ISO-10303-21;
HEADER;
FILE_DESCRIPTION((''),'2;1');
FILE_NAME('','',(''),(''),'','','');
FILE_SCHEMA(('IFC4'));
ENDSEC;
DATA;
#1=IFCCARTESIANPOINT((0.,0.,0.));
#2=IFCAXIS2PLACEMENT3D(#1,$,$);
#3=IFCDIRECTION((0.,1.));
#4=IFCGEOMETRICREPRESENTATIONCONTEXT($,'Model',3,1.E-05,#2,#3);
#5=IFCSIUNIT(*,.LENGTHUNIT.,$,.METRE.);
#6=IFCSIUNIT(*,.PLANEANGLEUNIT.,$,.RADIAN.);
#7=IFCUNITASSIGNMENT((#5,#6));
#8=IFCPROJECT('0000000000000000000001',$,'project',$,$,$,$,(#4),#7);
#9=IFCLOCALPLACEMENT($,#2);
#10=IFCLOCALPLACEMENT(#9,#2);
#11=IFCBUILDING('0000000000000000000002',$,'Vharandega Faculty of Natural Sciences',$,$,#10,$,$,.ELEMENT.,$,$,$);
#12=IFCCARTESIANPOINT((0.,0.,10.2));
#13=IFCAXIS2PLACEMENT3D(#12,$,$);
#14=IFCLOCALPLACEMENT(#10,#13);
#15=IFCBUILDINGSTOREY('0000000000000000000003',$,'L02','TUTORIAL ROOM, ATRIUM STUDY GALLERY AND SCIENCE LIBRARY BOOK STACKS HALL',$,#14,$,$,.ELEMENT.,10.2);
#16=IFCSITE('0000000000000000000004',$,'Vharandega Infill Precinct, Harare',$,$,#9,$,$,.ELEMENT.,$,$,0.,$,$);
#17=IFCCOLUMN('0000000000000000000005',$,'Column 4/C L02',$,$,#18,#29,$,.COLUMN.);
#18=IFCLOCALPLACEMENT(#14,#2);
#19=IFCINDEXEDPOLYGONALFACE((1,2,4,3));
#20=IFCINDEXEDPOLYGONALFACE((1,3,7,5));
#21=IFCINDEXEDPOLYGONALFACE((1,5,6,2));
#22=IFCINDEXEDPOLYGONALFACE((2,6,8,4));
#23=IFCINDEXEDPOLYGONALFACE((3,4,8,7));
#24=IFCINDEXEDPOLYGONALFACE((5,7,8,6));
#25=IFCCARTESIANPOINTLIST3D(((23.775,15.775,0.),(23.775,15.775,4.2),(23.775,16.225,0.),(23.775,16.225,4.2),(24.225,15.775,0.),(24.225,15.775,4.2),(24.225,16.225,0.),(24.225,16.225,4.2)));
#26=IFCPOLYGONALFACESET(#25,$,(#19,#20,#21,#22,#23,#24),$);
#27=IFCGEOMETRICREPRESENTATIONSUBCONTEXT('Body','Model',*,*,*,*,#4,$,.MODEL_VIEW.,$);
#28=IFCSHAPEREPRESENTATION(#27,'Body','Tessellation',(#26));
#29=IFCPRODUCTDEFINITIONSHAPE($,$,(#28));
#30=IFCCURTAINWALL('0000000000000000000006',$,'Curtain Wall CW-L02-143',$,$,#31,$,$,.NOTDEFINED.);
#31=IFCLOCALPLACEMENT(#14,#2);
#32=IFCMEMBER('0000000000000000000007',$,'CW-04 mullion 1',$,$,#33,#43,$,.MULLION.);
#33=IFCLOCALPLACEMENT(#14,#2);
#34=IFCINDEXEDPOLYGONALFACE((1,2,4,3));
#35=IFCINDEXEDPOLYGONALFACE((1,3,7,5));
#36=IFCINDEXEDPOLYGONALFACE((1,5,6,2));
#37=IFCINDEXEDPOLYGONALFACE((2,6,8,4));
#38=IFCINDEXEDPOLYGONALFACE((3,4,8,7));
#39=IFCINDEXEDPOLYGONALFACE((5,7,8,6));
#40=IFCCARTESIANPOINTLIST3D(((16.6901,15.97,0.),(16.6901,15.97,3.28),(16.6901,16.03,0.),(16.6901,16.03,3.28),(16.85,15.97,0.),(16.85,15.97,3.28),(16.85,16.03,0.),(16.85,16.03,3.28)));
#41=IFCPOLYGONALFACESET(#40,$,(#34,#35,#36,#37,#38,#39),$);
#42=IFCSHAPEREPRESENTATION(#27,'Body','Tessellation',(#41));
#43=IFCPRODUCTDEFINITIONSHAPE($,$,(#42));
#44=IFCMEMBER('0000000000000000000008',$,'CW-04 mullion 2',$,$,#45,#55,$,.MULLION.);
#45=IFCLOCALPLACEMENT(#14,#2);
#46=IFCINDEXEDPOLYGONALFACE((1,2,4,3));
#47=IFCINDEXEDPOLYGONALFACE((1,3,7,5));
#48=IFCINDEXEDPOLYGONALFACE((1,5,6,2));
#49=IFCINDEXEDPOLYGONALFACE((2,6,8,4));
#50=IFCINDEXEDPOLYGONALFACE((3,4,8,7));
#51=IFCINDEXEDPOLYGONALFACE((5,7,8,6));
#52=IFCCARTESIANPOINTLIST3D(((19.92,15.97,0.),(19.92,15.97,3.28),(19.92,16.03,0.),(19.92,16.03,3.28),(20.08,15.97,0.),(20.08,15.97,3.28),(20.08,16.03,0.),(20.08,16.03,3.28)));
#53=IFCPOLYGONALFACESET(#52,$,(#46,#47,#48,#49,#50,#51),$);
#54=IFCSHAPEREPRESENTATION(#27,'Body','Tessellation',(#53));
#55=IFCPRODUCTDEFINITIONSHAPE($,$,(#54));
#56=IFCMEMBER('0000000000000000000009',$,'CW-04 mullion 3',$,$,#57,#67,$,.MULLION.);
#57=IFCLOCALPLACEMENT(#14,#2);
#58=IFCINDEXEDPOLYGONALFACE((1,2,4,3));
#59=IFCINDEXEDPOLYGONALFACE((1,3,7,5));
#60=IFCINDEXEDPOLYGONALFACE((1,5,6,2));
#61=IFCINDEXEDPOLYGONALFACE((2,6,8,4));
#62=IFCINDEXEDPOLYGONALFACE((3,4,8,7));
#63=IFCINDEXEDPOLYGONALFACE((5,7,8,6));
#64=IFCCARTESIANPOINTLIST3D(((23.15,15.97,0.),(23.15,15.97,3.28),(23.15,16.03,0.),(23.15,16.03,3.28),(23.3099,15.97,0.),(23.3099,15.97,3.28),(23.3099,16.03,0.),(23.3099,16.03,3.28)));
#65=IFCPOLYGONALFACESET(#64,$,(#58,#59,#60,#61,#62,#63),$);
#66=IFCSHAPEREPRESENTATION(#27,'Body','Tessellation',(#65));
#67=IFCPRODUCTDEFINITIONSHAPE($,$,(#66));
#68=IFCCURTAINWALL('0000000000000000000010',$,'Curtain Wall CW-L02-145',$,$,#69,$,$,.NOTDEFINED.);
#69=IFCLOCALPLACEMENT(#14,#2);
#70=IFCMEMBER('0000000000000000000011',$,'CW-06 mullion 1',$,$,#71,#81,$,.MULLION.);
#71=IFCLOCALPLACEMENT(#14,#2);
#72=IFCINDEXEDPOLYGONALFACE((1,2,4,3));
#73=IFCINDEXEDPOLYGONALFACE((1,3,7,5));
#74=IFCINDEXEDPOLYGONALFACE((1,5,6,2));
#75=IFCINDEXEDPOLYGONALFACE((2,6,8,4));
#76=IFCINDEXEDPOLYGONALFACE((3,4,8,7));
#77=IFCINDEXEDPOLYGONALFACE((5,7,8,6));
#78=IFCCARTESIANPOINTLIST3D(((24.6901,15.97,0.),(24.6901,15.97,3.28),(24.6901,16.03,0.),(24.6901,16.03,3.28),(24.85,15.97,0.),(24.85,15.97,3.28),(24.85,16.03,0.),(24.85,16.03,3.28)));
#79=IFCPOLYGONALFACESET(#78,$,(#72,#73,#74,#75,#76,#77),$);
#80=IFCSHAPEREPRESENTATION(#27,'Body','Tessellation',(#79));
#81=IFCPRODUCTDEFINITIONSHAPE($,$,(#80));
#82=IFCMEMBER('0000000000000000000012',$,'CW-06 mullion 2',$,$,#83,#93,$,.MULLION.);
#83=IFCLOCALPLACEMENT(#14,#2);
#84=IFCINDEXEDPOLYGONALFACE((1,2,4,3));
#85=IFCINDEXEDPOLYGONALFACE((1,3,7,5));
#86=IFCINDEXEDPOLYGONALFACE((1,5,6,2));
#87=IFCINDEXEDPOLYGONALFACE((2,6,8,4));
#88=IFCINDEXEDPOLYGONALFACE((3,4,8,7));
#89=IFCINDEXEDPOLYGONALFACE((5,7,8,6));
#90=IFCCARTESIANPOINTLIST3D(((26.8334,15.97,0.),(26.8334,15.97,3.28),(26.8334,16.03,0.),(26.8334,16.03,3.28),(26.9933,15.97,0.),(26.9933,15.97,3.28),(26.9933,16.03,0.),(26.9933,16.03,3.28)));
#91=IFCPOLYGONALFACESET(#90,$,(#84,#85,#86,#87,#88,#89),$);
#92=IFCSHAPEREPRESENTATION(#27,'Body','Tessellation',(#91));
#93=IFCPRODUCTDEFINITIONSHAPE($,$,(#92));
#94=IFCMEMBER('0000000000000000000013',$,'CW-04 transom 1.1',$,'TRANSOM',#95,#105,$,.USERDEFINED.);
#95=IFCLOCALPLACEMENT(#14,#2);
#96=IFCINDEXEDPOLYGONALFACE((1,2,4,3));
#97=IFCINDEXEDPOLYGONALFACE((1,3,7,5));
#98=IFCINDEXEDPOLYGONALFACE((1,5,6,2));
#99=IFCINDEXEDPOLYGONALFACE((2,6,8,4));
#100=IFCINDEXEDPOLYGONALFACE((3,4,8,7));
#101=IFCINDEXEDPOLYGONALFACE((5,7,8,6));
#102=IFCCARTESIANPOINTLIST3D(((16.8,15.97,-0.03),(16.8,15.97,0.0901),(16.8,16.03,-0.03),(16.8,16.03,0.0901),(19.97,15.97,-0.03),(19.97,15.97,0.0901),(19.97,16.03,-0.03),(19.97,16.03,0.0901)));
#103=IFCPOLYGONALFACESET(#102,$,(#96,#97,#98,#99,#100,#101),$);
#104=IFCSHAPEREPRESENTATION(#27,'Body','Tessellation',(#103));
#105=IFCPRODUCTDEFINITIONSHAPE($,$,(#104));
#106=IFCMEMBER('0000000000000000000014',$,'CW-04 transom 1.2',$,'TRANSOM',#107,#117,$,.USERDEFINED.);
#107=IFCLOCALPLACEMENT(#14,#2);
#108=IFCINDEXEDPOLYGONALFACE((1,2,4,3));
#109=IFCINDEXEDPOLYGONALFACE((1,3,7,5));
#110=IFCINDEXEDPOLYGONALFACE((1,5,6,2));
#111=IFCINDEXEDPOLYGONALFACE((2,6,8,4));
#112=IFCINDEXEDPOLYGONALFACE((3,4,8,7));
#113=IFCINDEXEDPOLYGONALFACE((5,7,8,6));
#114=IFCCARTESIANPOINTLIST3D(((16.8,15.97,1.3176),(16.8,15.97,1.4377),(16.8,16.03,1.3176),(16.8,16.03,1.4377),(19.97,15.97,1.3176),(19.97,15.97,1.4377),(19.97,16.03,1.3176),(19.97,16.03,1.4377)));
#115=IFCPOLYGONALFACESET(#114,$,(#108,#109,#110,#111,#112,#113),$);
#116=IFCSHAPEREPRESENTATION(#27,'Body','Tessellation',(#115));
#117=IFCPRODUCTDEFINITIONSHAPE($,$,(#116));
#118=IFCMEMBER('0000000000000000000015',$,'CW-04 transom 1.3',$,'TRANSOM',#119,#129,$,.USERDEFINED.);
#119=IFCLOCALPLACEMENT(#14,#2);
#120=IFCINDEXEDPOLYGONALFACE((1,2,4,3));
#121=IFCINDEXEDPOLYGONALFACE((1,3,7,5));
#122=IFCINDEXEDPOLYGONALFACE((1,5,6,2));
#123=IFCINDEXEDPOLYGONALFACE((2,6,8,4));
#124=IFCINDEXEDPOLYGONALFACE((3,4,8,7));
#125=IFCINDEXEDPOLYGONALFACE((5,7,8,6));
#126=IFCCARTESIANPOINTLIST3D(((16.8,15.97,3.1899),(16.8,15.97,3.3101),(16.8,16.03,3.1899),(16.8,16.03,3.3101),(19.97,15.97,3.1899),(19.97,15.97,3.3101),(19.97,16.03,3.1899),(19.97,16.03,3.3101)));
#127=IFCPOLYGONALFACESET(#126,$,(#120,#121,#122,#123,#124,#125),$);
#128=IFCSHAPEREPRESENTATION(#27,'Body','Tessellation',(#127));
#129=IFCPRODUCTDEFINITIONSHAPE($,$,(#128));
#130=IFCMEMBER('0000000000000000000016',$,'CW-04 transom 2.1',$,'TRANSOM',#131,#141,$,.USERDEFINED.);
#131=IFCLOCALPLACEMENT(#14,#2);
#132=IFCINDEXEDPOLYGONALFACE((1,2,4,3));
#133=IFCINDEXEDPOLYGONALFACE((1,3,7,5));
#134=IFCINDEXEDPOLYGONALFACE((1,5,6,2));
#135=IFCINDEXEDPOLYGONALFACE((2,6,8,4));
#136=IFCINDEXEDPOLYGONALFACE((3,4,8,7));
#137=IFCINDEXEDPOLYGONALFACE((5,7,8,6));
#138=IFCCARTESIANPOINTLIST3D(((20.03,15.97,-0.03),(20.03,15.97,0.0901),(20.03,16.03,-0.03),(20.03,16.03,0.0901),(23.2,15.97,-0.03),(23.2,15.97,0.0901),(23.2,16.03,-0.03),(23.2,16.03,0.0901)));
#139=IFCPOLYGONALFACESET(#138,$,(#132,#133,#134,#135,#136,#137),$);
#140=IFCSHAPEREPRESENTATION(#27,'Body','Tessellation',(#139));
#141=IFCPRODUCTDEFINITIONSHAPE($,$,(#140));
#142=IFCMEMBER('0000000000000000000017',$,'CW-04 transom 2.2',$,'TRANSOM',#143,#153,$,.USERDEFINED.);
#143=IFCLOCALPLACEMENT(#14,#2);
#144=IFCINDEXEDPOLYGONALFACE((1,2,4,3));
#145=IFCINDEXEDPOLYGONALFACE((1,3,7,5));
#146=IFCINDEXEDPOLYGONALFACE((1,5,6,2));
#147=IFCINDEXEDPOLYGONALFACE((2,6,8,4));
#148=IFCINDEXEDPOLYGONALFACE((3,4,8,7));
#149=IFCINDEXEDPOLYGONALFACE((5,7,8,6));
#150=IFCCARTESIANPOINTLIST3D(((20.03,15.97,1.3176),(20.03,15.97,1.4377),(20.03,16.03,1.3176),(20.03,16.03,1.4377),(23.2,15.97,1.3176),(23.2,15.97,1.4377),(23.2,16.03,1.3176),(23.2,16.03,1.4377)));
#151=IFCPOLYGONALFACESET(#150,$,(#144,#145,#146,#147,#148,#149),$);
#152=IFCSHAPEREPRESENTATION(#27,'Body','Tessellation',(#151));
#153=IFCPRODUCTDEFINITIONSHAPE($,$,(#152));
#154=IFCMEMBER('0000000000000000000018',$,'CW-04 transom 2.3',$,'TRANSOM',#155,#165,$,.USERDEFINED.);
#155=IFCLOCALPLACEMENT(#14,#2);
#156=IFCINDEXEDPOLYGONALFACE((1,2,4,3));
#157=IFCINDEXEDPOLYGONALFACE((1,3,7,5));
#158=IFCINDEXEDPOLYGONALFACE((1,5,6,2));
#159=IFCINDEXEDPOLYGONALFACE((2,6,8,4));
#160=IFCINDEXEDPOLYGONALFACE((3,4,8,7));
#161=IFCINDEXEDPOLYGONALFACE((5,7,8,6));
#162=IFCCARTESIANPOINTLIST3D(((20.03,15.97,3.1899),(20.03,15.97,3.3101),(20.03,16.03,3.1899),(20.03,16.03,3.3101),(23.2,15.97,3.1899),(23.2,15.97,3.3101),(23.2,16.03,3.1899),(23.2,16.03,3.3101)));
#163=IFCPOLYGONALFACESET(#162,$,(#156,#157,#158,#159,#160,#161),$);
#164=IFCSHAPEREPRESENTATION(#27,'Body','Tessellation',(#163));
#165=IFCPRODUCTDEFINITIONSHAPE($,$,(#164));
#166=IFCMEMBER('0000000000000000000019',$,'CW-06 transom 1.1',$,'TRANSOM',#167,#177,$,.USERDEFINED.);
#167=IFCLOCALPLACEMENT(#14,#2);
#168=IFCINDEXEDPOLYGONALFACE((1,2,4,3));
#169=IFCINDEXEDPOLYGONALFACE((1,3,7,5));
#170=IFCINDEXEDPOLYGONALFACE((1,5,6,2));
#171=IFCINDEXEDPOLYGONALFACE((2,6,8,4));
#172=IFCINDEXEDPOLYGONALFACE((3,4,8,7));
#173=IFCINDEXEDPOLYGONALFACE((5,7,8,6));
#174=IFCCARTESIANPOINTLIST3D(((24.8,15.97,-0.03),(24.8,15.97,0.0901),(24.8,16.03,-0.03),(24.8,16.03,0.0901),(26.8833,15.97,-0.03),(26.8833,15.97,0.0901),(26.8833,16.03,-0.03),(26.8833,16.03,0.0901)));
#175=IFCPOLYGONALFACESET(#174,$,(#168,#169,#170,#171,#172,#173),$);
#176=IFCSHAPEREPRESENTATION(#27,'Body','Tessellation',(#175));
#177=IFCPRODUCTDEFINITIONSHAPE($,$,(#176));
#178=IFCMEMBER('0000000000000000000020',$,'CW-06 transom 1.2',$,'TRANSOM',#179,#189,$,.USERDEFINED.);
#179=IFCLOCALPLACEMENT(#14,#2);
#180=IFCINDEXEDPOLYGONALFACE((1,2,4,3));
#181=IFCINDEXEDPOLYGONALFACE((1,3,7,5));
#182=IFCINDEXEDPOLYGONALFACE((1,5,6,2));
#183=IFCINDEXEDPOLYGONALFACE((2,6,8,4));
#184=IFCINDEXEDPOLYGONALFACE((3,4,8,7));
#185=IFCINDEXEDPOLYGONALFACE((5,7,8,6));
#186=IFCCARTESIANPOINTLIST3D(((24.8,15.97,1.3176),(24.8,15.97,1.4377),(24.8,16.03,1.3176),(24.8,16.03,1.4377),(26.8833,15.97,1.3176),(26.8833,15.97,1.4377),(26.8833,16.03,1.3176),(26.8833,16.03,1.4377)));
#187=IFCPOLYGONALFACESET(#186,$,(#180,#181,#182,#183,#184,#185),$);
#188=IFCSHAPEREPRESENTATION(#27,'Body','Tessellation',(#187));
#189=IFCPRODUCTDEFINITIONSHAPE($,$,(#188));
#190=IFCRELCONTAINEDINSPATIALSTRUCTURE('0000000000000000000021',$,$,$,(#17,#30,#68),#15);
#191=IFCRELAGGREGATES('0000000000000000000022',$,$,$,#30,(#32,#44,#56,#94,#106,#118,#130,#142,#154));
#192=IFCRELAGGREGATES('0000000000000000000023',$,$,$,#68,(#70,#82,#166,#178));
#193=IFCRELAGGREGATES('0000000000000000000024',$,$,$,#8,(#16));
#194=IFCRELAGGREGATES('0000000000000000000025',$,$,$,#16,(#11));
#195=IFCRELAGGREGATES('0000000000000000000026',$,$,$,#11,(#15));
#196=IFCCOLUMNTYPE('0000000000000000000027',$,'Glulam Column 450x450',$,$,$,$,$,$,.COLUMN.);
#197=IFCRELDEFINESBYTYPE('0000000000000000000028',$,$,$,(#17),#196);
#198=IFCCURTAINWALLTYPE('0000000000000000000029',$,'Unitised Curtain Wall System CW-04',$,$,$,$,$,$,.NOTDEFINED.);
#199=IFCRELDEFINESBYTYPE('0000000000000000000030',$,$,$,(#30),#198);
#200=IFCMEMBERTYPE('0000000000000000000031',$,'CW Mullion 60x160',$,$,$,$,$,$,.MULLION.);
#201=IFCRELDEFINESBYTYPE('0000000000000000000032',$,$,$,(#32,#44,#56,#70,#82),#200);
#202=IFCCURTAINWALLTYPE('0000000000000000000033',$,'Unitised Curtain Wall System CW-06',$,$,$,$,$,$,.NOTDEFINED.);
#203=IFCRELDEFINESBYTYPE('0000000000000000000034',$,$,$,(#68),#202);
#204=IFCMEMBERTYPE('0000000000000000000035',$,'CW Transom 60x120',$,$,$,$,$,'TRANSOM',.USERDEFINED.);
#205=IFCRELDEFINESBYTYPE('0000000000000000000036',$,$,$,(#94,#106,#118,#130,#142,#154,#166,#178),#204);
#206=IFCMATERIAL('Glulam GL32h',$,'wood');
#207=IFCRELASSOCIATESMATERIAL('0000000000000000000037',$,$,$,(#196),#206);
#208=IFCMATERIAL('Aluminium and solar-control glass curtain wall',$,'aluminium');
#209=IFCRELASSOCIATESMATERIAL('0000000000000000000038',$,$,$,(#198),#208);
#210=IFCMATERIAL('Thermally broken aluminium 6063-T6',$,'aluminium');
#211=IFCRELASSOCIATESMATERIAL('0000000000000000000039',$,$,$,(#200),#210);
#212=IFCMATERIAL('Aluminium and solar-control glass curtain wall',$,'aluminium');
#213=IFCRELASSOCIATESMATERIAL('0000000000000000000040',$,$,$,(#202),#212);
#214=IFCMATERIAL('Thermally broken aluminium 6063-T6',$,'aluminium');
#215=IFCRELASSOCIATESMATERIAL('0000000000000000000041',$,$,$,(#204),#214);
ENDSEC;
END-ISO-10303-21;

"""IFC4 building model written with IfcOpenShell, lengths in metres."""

from ifc_helpers import new_model, si_unit, direction, frame, origin, origin_2d, place, context, subcontext, project, spatial, rectangle, extrude, material, material_profile, profile_set, type_object, element, aggregate, save


model = new_model("IFC4")

# Units and contexts
model_context = context("Model", 3, precision=1e-05, world=origin(), true_north=direction((0.0, 1.0)))
body_context = subcontext(model_context, "Body", "Model", "MODEL_VIEW")
ifc_project = project(units=[si_unit("LENGTHUNIT", "METRE"), si_unit("PLANEANGLEUNIT", "RADIAN")], contexts=[model_context])

# Site, building, storey
site_placement = place(None, origin())
site = spatial("IfcSite", under=ifc_project, at=site_placement, Name="Vharandega Infill Precinct, Harare", CompositionType="ELEMENT", RefElevation=0.0)
building_placement = place(site_placement, origin())
building = spatial("IfcBuilding", under=site, at=building_placement, Name="Vharandega Faculty of Natural Sciences", CompositionType="ELEMENT")
storey_placement = place(building_placement, frame((0.0, 0.0, 10.2)))
storey = spatial("IfcBuildingStorey", under=building, at=storey_placement, Name="L02", Description="TUTORIAL ROOM, ATRIUM STUDY GALLERY AND SCIENCE LIBRARY BOOK STACKS HALL", CompositionType="ELEMENT", Elevation=10.2)

# Column
ifc_material_1 = material(Name="Glulam GL32h", Category="wood")
ifc_material_profile_1 = material_profile(ifc_material_1, rectangle(XDim=0.45, YDim=0.45, at=origin_2d()), Name="GL32h 450x450")
ifc_profile_set_1 = profile_set([ifc_material_profile_1], Name="Glulam GL32h")
column_type = type_object("IfcColumnType", Name="Glulam Column 450x450", PredefinedType="COLUMN", material=ifc_profile_set_1)
column_placement = place(storey_placement, frame((24.0, 16.0, 0.0), z_axis=(0.0, 0.0, 1.0), x_axis=(1.0, 0.0, 0.0)))
element("IfcColumn", 1, at=column_placement, inside=storey, type_object=column_type, Name="Column 4/C L02", PredefinedType="COLUMN", context=body_context, shape_type="SweptSolid", body=[
    extrude(rectangle(XDim=0.45, YDim=0.45, at=origin_2d()), origin(), (0.0, 0.0, 1.0), 4.2),
])

# Curtain walls, members
ifc_material_2 = material(Name="Aluminium and solar-control glass curtain wall", Category="aluminium")
curtain_wall_type_1 = type_object("IfcCurtainWallType", Name="Unitised Curtain Wall System CW-04", PredefinedType="NOTDEFINED", material=ifc_material_2)
curtain_wall_1_placement = place(storey_placement, origin())
curtain_wall_1 = element("IfcCurtainWall", 2, at=curtain_wall_1_placement, inside=storey, type_object=curtain_wall_type_1, Name="Curtain Wall CW-L02-143", PredefinedType="NOTDEFINED")
ifc_material_3 = material(Name="Thermally broken aluminium 6063-T6", Category="aluminium")
ifc_material_profile_2 = material_profile(ifc_material_3, rectangle(XDim=0.0601, YDim=0.1599, at=origin_2d()), Name="ALU 60x160")
ifc_profile_set_2 = profile_set([ifc_material_profile_2], Name="Thermally broken aluminium 6063-T6")
member_type_1 = type_object("IfcMemberType", Name="CW Mullion 60x160", PredefinedType="MULLION", material=ifc_profile_set_2)
member_1_placement = place(storey_placement, frame((16.77, 16.0, 0.0), z_axis=(0.0, 0.0, 1.0), x_axis=(0.0, 1.0, 0.0)))
member_1 = element("IfcMember", 3, at=member_1_placement, type_object=member_type_1, Name="CW-04 mullion 1", PredefinedType="MULLION", context=body_context, shape_type="SweptSolid", body=[
    extrude(rectangle(XDim=0.0601, YDim=0.1599, at=origin_2d()), origin(), (0.0, 0.0, 1.0), 3.28),
])
member_2_placement = place(storey_placement, frame((20.0, 16.0, 0.0), z_axis=(0.0, 0.0, 1.0), x_axis=(0.0, 1.0, 0.0)))
member_2 = element("IfcMember", 4, at=member_2_placement, type_object=member_type_1, Name="CW-04 mullion 2", PredefinedType="MULLION", context=body_context, shape_type="SweptSolid", body=[
    extrude(rectangle(XDim=0.0601, YDim=0.1599, at=origin_2d()), origin(), (0.0, 0.0, 1.0), 3.28),
])
member_3_placement = place(storey_placement, frame((23.23, 16.0, 0.0), z_axis=(0.0, 0.0, 1.0), x_axis=(0.0, 1.0, 0.0)))
member_3 = element("IfcMember", 5, at=member_3_placement, type_object=member_type_1, Name="CW-04 mullion 3", PredefinedType="MULLION", context=body_context, shape_type="SweptSolid", body=[
    extrude(rectangle(XDim=0.0601, YDim=0.1599, at=origin_2d()), origin(), (0.0, 0.0, 1.0), 3.28),
])
ifc_material_4 = material(Name="Aluminium and solar-control glass curtain wall", Category="aluminium")
curtain_wall_type_2 = type_object("IfcCurtainWallType", Name="Unitised Curtain Wall System CW-06", PredefinedType="NOTDEFINED", material=ifc_material_4)
curtain_wall_2_placement = place(storey_placement, origin())
curtain_wall_2 = element("IfcCurtainWall", 6, at=curtain_wall_2_placement, inside=storey, type_object=curtain_wall_type_2, Name="Curtain Wall CW-L02-145", PredefinedType="NOTDEFINED")
member_4_placement = place(storey_placement, frame((24.77, 16.0, 0.0), z_axis=(0.0, 0.0, 1.0), x_axis=(0.0, 1.0, 0.0)))
member_4 = element("IfcMember", 7, at=member_4_placement, type_object=member_type_1, Name="CW-06 mullion 1", PredefinedType="MULLION", context=body_context, shape_type="SweptSolid", body=[
    extrude(rectangle(XDim=0.0601, YDim=0.1599, at=origin_2d()), origin(), (0.0, 0.0, 1.0), 3.28),
])
member_5_placement = place(storey_placement, frame((26.9133, 16.0, 0.0), z_axis=(0.0, 0.0, 1.0), x_axis=(0.0, 1.0, 0.0)))
member_5 = element("IfcMember", 8, at=member_5_placement, type_object=member_type_1, Name="CW-06 mullion 2", PredefinedType="MULLION", context=body_context, shape_type="SweptSolid", body=[
    extrude(rectangle(XDim=0.0601, YDim=0.1599, at=origin_2d()), origin(), (0.0, 0.0, 1.0), 3.28),
])

# Members
ifc_material_5 = material(Name="Thermally broken aluminium 6063-T6", Category="aluminium")
ifc_material_profile_3 = material_profile(ifc_material_5, rectangle(XDim=0.0601, YDim=0.1201, at=origin_2d()), Name="ALU 60x120")
ifc_profile_set_3 = profile_set([ifc_material_profile_3], Name="Thermally broken aluminium 6063-T6")
member_type_2 = type_object("IfcMemberType", Name="CW Transom 60x120", ElementType="TRANSOM", PredefinedType="USERDEFINED", material=ifc_profile_set_3)
member_6_placement = place(storey_placement, frame((16.8, 16.0, 0.03), z_axis=(1.0, 0.0, 0.0), x_axis=(0.0, 1.0, 0.0)))
member_6 = element("IfcMember", 9, at=member_6_placement, type_object=member_type_2, Name="CW-04 transom 1.1", ObjectType="TRANSOM", PredefinedType="USERDEFINED", context=body_context, shape_type="SweptSolid", body=[
    extrude(rectangle(XDim=0.0601, YDim=0.1201, at=origin_2d()), origin(), (0.0, 0.0, 1.0), 3.1699),
])
member_7_placement = place(storey_placement, frame((16.8, 16.0, 1.3777), z_axis=(1.0, 0.0, 0.0), x_axis=(0.0, 1.0, 0.0)))
member_7 = element("IfcMember", 10, at=member_7_placement, type_object=member_type_2, Name="CW-04 transom 1.2", ObjectType="TRANSOM", PredefinedType="USERDEFINED", context=body_context, shape_type="SweptSolid", body=[
    extrude(rectangle(XDim=0.0601, YDim=0.1201, at=origin_2d()), origin(), (0.0, 0.0, 1.0), 3.1699),
])
member_8_placement = place(storey_placement, frame((16.8, 16.0, 3.25), z_axis=(1.0, 0.0, 0.0), x_axis=(0.0, 1.0, 0.0)))
member_8 = element("IfcMember", 11, at=member_8_placement, type_object=member_type_2, Name="CW-04 transom 1.3", ObjectType="TRANSOM", PredefinedType="USERDEFINED", context=body_context, shape_type="SweptSolid", body=[
    extrude(rectangle(XDim=0.0601, YDim=0.1201, at=origin_2d()), origin(), (0.0, 0.0, 1.0), 3.1699),
])
member_9_placement = place(storey_placement, frame((20.03, 16.0, 0.03), z_axis=(1.0, 0.0, 0.0), x_axis=(0.0, 1.0, 0.0)))
member_9 = element("IfcMember", 12, at=member_9_placement, type_object=member_type_2, Name="CW-04 transom 2.1", ObjectType="TRANSOM", PredefinedType="USERDEFINED", context=body_context, shape_type="SweptSolid", body=[
    extrude(rectangle(XDim=0.0601, YDim=0.1201, at=origin_2d()), origin(), (0.0, 0.0, 1.0), 3.1699),
])
member_10_placement = place(storey_placement, frame((20.03, 16.0, 1.3777), z_axis=(1.0, 0.0, 0.0), x_axis=(0.0, 1.0, 0.0)))
member_10 = element("IfcMember", 13, at=member_10_placement, type_object=member_type_2, Name="CW-04 transom 2.2", ObjectType="TRANSOM", PredefinedType="USERDEFINED", context=body_context, shape_type="SweptSolid", body=[
    extrude(rectangle(XDim=0.0601, YDim=0.1201, at=origin_2d()), origin(), (0.0, 0.0, 1.0), 3.1699),
])
member_11_placement = place(storey_placement, frame((20.03, 16.0, 3.25), z_axis=(1.0, 0.0, 0.0), x_axis=(0.0, 1.0, 0.0)))
member_11 = element("IfcMember", 14, at=member_11_placement, type_object=member_type_2, Name="CW-04 transom 2.3", ObjectType="TRANSOM", PredefinedType="USERDEFINED", context=body_context, shape_type="SweptSolid", body=[
    extrude(rectangle(XDim=0.0601, YDim=0.1201, at=origin_2d()), origin(), (0.0, 0.0, 1.0), 3.1699),
])
member_12_placement = place(storey_placement, frame((24.8, 16.0, 0.03), z_axis=(1.0, 0.0, 0.0), x_axis=(0.0, 1.0, 0.0)))
member_12 = element("IfcMember", 15, at=member_12_placement, type_object=member_type_2, Name="CW-06 transom 1.1", ObjectType="TRANSOM", PredefinedType="USERDEFINED", context=body_context, shape_type="SweptSolid", body=[
    extrude(rectangle(XDim=0.0601, YDim=0.1201, at=origin_2d()), origin(), (0.0, 0.0, 1.0), 2.0833),
])
member_13_placement = place(storey_placement, frame((24.8, 16.0, 1.3777), z_axis=(1.0, 0.0, 0.0), x_axis=(0.0, 1.0, 0.0)))
member_13 = element("IfcMember", 16, at=member_13_placement, type_object=member_type_2, Name="CW-06 transom 1.2", ObjectType="TRANSOM", PredefinedType="USERDEFINED", context=body_context, shape_type="SweptSolid", body=[
    extrude(rectangle(XDim=0.0601, YDim=0.1201, at=origin_2d()), origin(), (0.0, 0.0, 1.0), 2.0833),
])

aggregate(curtain_wall_1, [member_1, member_2, member_3, member_6, member_7, member_8, member_9, member_10, member_11])
aggregate(curtain_wall_2, [member_4, member_5, member_12, member_13])

save(model, "model.ifc")
